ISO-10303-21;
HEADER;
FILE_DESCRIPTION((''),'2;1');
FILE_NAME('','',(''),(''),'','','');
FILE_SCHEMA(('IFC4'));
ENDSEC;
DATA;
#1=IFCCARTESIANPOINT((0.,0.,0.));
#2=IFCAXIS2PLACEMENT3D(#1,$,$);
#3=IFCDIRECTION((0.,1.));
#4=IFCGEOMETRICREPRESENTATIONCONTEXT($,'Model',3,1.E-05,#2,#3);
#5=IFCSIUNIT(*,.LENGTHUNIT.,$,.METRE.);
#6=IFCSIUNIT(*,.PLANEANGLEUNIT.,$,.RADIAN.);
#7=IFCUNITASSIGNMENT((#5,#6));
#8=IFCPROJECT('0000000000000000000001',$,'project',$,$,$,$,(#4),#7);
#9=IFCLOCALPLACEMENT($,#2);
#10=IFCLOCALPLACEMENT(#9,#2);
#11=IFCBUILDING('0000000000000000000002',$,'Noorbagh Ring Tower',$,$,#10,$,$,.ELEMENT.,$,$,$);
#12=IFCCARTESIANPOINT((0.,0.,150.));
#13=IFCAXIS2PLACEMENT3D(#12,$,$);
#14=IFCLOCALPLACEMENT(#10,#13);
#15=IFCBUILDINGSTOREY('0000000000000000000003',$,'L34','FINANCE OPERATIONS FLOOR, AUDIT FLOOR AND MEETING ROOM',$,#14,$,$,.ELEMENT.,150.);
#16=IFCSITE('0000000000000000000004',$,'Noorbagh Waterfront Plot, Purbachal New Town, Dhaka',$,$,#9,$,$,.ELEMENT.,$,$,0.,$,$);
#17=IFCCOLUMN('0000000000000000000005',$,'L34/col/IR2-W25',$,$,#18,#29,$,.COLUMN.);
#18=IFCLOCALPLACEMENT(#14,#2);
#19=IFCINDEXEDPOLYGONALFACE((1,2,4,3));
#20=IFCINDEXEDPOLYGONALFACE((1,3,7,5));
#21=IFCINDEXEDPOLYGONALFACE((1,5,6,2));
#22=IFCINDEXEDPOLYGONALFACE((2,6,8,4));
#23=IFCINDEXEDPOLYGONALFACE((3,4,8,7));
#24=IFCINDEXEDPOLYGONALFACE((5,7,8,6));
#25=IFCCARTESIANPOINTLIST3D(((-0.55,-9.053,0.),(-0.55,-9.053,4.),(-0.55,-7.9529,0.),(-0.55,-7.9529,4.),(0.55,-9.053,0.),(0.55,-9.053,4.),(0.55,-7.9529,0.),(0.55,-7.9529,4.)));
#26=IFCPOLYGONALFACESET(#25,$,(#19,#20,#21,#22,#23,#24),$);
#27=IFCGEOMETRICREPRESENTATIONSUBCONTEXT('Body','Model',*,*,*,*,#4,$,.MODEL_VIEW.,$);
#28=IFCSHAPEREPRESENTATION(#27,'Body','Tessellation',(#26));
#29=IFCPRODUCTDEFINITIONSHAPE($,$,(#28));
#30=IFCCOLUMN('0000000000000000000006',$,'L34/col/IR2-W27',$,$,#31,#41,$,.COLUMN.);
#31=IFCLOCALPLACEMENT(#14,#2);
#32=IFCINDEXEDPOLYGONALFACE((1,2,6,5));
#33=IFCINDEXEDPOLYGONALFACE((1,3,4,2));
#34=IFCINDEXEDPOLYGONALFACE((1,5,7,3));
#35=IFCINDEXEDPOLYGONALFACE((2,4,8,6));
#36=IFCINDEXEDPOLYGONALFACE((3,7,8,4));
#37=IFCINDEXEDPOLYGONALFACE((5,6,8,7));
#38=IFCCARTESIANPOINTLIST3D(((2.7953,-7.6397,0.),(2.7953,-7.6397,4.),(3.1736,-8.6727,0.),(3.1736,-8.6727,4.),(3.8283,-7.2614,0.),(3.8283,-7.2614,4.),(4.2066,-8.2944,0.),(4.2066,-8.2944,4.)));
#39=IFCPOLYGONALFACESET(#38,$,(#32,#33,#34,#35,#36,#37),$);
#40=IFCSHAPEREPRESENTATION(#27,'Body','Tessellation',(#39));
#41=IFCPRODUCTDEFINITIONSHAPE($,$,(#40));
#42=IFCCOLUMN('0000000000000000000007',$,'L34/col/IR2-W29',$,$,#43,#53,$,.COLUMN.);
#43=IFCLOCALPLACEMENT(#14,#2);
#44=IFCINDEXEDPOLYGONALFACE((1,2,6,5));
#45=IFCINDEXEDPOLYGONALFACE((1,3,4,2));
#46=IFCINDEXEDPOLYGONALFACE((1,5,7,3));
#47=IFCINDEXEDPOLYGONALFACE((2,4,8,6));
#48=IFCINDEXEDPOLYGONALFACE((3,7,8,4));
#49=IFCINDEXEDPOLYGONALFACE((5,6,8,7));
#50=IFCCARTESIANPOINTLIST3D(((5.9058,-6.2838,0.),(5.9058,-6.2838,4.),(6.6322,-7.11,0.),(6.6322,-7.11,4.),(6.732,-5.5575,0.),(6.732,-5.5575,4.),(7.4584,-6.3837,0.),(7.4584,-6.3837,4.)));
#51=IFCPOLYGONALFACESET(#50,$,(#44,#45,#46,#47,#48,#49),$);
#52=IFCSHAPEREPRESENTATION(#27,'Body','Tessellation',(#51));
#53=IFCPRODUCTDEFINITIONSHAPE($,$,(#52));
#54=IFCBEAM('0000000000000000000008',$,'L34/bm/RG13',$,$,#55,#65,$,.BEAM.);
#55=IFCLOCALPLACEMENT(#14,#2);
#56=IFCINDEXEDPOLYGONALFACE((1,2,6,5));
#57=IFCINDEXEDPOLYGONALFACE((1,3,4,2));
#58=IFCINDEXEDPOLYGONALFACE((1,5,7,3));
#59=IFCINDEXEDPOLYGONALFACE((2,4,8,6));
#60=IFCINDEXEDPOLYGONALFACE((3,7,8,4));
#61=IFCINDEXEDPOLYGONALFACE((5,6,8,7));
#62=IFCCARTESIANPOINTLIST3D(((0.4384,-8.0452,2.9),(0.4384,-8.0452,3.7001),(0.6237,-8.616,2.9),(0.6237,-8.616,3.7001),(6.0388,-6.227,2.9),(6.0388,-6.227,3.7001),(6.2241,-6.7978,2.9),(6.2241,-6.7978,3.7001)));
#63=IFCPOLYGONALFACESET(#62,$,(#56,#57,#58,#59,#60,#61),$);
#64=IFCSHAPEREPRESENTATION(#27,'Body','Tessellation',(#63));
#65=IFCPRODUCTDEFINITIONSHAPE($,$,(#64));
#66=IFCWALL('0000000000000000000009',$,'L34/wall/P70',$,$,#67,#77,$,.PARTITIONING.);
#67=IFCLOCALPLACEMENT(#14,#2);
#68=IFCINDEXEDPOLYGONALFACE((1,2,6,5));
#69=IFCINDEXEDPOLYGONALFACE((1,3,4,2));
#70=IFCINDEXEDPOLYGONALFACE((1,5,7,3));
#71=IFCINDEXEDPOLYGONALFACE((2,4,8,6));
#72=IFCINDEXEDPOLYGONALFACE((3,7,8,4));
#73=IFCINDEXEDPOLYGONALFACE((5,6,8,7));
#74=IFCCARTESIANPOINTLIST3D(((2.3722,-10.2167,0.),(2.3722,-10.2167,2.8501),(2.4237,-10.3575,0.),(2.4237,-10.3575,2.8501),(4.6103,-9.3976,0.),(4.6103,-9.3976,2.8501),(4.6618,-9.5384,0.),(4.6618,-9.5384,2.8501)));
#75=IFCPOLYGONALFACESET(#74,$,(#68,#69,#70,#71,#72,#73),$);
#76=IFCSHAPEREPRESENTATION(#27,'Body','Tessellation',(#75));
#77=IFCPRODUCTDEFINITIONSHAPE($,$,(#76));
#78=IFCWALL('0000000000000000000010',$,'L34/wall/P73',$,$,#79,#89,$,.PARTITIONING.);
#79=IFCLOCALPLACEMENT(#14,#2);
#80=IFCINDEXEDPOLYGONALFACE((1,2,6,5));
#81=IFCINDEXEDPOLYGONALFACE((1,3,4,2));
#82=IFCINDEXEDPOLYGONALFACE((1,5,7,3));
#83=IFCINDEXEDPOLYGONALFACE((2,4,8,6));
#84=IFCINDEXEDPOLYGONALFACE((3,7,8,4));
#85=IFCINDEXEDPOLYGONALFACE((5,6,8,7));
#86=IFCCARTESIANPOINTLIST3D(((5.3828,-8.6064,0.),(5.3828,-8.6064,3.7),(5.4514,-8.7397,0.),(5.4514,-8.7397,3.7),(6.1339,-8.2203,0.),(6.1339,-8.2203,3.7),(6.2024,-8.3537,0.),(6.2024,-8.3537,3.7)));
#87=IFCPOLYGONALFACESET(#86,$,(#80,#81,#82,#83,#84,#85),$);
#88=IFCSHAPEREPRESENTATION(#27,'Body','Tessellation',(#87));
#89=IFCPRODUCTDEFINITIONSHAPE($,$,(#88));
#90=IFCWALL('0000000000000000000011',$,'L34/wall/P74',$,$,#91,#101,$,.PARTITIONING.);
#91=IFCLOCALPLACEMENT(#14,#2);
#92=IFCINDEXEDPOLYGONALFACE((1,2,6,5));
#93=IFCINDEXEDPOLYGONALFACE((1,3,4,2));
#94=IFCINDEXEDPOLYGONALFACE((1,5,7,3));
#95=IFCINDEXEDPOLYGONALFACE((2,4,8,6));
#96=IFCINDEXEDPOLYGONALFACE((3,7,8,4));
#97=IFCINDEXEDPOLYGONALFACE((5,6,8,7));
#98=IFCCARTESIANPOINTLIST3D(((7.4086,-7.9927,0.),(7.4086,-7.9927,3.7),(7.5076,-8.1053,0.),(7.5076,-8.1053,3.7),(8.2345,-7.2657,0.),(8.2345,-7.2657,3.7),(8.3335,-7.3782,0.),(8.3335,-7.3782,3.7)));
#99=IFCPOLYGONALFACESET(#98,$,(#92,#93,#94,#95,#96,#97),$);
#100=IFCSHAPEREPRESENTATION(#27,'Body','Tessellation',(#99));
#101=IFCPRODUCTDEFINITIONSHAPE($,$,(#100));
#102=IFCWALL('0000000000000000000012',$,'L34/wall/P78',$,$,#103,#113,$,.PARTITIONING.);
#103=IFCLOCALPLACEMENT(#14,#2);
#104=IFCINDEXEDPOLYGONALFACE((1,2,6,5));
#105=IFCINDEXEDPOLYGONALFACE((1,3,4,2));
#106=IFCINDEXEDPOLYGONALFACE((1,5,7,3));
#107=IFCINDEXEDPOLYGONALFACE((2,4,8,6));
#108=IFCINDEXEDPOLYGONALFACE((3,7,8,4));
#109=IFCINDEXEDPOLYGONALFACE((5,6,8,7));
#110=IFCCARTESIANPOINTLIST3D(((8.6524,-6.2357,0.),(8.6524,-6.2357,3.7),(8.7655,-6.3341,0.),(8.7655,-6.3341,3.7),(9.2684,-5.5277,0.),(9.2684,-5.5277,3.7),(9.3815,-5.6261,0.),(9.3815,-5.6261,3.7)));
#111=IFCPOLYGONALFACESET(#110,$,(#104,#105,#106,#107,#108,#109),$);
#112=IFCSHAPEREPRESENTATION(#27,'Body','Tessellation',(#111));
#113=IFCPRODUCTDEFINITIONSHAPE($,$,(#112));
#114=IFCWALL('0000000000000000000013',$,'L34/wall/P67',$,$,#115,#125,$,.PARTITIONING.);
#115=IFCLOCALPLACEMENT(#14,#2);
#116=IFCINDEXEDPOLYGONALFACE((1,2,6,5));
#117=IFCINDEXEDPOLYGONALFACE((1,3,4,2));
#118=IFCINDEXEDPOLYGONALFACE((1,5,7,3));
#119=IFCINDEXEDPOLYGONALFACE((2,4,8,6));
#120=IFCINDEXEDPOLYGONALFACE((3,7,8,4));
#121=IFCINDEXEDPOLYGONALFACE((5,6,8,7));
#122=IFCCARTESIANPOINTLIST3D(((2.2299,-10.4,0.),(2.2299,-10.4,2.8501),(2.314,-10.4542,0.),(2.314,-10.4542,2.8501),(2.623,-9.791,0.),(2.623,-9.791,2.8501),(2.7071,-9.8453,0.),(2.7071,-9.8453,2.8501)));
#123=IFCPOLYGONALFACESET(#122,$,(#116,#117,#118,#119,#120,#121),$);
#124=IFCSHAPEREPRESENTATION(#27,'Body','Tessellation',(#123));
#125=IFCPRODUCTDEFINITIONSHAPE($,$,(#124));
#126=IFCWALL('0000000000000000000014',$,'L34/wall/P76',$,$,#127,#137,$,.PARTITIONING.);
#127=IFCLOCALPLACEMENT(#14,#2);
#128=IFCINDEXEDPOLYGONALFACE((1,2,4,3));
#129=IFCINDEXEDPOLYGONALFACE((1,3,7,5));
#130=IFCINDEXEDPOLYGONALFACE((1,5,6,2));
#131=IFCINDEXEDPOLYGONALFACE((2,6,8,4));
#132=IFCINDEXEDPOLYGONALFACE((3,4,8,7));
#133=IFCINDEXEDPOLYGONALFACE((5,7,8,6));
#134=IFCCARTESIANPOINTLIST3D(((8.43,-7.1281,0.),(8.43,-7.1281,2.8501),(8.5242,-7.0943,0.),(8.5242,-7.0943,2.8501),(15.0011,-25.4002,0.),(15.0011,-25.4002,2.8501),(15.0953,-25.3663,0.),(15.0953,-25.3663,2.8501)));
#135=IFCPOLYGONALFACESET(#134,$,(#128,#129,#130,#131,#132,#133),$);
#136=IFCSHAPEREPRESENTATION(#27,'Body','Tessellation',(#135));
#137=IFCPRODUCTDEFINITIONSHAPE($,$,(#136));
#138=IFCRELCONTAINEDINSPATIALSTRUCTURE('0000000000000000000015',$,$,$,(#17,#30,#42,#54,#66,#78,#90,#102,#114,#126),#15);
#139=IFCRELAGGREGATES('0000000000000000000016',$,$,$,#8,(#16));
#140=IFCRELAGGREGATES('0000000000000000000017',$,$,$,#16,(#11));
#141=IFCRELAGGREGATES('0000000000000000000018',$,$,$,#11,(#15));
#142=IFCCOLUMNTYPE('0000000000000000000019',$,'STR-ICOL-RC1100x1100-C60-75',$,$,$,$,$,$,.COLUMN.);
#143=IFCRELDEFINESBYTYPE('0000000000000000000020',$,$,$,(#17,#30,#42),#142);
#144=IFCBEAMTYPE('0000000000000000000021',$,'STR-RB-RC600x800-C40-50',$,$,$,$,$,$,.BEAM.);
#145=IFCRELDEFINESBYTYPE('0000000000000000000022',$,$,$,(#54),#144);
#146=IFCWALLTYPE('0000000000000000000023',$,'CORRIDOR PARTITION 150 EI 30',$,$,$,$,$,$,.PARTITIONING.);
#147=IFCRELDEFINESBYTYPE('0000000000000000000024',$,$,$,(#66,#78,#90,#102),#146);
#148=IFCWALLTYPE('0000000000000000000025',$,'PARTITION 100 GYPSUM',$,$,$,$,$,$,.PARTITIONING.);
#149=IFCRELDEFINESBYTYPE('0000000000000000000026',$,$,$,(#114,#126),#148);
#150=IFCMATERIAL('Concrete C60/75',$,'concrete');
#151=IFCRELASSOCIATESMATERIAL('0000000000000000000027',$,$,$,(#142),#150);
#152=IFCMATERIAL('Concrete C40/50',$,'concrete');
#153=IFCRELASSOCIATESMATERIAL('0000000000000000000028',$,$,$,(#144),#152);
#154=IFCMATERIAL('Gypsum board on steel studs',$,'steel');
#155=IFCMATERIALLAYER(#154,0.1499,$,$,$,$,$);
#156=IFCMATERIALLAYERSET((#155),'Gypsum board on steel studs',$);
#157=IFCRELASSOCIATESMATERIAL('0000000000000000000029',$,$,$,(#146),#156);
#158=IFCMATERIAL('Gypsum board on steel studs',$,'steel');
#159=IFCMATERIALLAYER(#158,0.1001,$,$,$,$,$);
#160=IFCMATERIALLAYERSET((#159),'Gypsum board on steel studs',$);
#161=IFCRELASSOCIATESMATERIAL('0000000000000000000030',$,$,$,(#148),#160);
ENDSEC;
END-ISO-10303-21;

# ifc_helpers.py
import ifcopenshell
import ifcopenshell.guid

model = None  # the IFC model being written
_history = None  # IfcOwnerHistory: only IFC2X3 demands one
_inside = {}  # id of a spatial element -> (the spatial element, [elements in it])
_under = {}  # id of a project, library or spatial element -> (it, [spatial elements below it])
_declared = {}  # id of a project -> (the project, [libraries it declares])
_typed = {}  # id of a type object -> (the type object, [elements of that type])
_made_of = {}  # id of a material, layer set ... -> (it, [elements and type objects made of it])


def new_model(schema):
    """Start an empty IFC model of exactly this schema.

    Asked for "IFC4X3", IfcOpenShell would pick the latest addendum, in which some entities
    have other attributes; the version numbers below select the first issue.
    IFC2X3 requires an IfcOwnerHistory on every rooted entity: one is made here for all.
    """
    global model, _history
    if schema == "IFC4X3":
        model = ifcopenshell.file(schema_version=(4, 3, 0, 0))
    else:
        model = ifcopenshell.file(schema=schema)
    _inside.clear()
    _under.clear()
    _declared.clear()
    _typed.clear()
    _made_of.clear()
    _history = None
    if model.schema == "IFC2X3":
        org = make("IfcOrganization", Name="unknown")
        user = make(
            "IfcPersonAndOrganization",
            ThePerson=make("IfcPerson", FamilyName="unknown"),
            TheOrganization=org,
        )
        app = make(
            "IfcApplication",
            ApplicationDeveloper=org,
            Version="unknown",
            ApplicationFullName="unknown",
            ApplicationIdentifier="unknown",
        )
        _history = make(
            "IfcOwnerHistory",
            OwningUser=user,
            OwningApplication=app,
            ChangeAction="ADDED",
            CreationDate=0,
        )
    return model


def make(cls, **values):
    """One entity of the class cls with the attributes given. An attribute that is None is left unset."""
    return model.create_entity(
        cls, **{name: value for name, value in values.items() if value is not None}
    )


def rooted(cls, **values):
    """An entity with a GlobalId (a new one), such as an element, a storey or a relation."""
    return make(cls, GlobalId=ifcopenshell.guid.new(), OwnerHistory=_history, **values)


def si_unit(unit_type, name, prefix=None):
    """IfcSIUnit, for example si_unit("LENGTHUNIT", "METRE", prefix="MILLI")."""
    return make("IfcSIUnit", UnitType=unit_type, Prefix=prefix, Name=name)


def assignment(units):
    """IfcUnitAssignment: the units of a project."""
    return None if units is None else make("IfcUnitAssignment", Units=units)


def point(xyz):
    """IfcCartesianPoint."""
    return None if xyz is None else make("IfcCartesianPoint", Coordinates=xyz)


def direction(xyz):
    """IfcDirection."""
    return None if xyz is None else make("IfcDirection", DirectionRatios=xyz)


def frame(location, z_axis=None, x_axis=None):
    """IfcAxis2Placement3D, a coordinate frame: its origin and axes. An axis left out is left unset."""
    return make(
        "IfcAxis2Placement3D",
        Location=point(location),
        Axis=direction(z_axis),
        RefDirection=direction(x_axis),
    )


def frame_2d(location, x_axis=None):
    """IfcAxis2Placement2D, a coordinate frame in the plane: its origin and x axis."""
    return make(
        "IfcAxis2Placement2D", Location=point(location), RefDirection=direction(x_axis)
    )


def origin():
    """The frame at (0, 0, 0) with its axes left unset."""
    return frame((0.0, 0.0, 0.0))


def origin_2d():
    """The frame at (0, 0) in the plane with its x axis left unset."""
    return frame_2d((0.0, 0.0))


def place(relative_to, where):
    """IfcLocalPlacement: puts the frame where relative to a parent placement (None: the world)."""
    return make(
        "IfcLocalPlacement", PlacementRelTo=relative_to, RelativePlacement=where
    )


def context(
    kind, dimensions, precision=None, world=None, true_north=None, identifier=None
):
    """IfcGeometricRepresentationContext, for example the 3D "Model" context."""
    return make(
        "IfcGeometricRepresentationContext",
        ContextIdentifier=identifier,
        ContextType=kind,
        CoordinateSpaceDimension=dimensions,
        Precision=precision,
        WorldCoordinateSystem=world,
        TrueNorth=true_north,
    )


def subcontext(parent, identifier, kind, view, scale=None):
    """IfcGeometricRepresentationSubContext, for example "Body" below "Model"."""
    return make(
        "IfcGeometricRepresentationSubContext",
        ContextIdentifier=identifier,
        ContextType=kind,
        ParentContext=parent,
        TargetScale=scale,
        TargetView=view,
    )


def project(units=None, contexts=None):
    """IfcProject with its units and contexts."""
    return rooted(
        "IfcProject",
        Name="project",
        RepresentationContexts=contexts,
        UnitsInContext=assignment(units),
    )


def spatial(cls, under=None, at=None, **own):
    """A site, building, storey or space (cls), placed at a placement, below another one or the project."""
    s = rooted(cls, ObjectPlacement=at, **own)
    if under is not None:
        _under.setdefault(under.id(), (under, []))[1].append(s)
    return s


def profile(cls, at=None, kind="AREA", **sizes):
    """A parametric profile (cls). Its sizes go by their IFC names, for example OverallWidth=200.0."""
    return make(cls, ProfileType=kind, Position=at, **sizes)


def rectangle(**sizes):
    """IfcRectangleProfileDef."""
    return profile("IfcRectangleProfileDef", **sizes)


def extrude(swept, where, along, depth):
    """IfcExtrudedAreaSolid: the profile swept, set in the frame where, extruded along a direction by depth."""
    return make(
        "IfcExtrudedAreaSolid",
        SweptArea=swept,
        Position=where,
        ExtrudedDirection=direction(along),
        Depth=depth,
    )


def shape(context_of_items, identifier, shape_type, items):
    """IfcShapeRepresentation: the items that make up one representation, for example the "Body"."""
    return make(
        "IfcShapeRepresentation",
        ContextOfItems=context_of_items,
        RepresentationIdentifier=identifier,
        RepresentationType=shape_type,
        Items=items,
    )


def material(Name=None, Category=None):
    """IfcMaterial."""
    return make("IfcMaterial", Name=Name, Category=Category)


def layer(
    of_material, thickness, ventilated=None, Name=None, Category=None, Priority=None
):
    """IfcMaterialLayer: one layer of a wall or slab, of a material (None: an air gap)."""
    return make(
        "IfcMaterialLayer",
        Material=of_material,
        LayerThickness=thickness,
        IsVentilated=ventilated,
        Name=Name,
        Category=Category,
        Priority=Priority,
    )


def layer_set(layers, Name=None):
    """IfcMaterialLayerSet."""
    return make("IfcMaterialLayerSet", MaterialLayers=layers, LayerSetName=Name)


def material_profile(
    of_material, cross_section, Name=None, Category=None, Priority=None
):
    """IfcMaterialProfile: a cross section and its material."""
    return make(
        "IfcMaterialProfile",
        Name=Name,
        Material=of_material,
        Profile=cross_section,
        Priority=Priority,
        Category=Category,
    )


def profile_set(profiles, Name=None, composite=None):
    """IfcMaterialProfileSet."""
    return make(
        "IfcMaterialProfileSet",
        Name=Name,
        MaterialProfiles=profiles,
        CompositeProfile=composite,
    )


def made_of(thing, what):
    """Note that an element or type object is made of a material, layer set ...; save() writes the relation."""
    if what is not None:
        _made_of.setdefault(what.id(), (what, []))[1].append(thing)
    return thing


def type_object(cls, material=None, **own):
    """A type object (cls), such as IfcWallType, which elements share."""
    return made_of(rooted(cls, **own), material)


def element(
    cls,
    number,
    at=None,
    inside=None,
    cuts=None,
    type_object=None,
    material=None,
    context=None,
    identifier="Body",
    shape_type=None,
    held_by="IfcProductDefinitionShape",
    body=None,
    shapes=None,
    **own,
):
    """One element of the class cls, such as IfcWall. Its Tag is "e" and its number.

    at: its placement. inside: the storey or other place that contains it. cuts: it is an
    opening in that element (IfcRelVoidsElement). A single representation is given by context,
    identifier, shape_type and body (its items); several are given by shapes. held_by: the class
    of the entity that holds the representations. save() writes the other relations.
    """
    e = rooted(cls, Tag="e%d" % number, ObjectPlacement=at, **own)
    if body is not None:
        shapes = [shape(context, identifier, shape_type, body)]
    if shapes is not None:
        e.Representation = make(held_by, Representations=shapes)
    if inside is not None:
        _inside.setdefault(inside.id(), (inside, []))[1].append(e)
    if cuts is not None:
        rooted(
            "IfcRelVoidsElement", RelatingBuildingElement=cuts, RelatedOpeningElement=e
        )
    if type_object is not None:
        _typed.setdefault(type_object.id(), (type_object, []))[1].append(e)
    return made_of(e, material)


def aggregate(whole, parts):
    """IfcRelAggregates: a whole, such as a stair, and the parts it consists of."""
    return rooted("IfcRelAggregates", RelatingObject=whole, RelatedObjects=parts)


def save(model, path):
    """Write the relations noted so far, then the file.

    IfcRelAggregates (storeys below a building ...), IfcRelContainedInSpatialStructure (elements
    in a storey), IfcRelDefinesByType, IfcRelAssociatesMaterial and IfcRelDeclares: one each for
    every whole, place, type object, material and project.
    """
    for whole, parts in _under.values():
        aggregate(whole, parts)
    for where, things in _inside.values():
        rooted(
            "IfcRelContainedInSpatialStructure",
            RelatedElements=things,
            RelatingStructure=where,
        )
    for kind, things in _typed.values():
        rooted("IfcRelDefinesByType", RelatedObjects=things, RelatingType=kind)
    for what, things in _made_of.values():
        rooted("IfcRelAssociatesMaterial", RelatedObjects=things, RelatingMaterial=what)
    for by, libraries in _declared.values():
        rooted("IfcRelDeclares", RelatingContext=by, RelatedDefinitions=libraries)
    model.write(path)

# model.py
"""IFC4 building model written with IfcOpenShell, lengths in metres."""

from ifc_helpers import new_model, si_unit, direction, frame, frame_2d, origin, origin_2d, place, context, subcontext, project, spatial, rectangle, extrude, material, layer, layer_set, material_profile, profile_set, type_object, element, save


model = new_model("IFC4")

# Units and contexts
model_context = context("Model", 3, precision=1e-05, world=origin(), true_north=direction((0.0, 1.0)))
body_context = subcontext(model_context, "Body", "Model", "MODEL_VIEW")
ifc_project = project(units=[si_unit("LENGTHUNIT", "METRE"), si_unit("PLANEANGLEUNIT", "RADIAN")], contexts=[model_context])

# Site, building, storey
site_placement = place(None, origin())
site = spatial("IfcSite", under=ifc_project, at=site_placement, Name="Noorbagh Waterfront Plot, Purbachal New Town, Dhaka", CompositionType="ELEMENT", RefElevation=0.0)
building_placement = place(site_placement, origin())
building = spatial("IfcBuilding", under=site, at=building_placement, Name="Noorbagh Ring Tower", CompositionType="ELEMENT")
storey_placement = place(building_placement, frame((0.0, 0.0, 150.0)))
storey = spatial("IfcBuildingStorey", under=building, at=storey_placement, Name="L34", Description="FINANCE OPERATIONS FLOOR, AUDIT FLOOR AND MEETING ROOM", CompositionType="ELEMENT", Elevation=150.0)

# Columns
ifc_material_1 = material(Name="Concrete C60/75", Category="concrete")
ifc_material_profile_1 = material_profile(ifc_material_1, rectangle(XDim=1.1001, YDim=1.1001, at=origin_2d()), Name="RC1100x1100")
ifc_profile_set_1 = profile_set([ifc_material_profile_1], Name="Concrete C60/75")
column_type = type_object("IfcColumnType", Name="STR-ICOL-RC1100x1100-C60-75", PredefinedType="COLUMN", material=ifc_profile_set_1)
for number, where, z_axis, x_axis, name in (
    (1, (0.0, -8.5029, 0.0), (0.0, 0.0, 1.0), (1.0, 0.0, 0.0), "L34/col/IR2-W25"),
    (2, (3.501, -7.967, 0.0), (0.0, 0.0, 1.0), (0.93902, 0.343864, 0.0), "L34/col/IR2-W27"),
    (3, (6.6821, -6.3337, 0.0), (0.0, 0.0, 1.0), (0.751022, 0.660277, 0.0), "L34/col/IR2-W29"),
):
    element("IfcColumn", number, at=place(storey_placement, frame(where, z_axis=z_axis, x_axis=x_axis)), inside=storey, type_object=column_type, Name=name, PredefinedType="COLUMN", context=body_context, shape_type="SweptSolid", body=[
        extrude(rectangle(XDim=1.1001, YDim=1.1001, at=origin_2d()), origin(), (0.0, 0.0, 1.0), 4.0),
    ])

# Beam
ifc_material_2 = material(Name="Concrete C40/50", Category="concrete")
ifc_material_profile_2 = material_profile(ifc_material_2, rectangle(XDim=0.6001, YDim=0.8, at=origin_2d()), Name="RC600x800")
ifc_profile_set_2 = profile_set([ifc_material_profile_2], Name="Concrete C40/50")
beam_type = type_object("IfcBeamType", Name="STR-RB-RC600x800-C40-50", PredefinedType="BEAM", material=ifc_profile_set_2)
beam_placement = place(storey_placement, frame((0.531, -8.3306, 3.3), z_axis=(0.951134, 0.308779, 0.0), x_axis=(-0.308779, 0.951134, 0.0)))
element("IfcBeam", 4, at=beam_placement, inside=storey, type_object=beam_type, Name="L34/bm/RG13", PredefinedType="BEAM", context=body_context, shape_type="SweptSolid", body=[
    extrude(rectangle(XDim=0.6001, YDim=0.8, at=origin_2d()), origin(), (0.0, 0.0, 1.0), 5.8882),
])

# Walls
ifc_material_3 = material(Name="Gypsum board on steel studs", Category="steel")
ifc_layer_1 = layer(ifc_material_3, 0.1499)
ifc_layer_set_1 = layer_set([ifc_layer_1], Name="Gypsum board on steel studs")
wall_type_1 = type_object("IfcWallType", Name="CORRIDOR PARTITION 150 EI 30", PredefinedType="PARTITIONING", material=ifc_layer_set_1)
wall_1_placement = place(storey_placement, frame((2.3979, -10.2871, 0.0), z_axis=(0.0, 0.0, 1.0), x_axis=(0.939083, 0.343692, 0.0)))
element("IfcWall", 5, at=wall_1_placement, inside=storey, type_object=wall_type_1, Name="L34/wall/P70", PredefinedType="PARTITIONING", context=body_context, shape_type="SweptSolid", body=[
    extrude(rectangle(XDim=2.3833, YDim=0.1499, at=frame_2d((1.1917, 0.0))), origin(), (0.0, 0.0, 1.0), 2.8501),
])
wall_2_placement = place(storey_placement, frame((5.417, -8.6731, 0.0), z_axis=(0.0, 0.0, 1.0), x_axis=(0.889399, 0.457132, 0.0)))
element("IfcWall", 6, at=wall_2_placement, inside=storey, type_object=wall_type_1, Name="L34/wall/P73", PredefinedType="PARTITIONING", context=body_context, shape_type="SweptSolid", body=[
    extrude(rectangle(XDim=0.8445, YDim=0.1499, at=frame_2d((0.4224, 0.0))), origin(), (0.0, 0.0, 1.0), 3.7),
])
wall_3_placement = place(storey_placement, frame((7.458, -8.0491, 0.0), z_axis=(0.0, 0.0, 1.0), x_axis=(0.750608, 0.660748, 0.0)))
element("IfcWall", 7, at=wall_3_placement, inside=storey, type_object=wall_type_1, Name="L34/wall/P74", PredefinedType="PARTITIONING", context=body_context, shape_type="SweptSolid", body=[
    extrude(rectangle(XDim=1.1003, YDim=0.1499, at=frame_2d((0.5503, 0.0))), origin(), (0.0, 0.0, 1.0), 3.7),
])
wall_4_placement = place(storey_placement, frame((8.709, -6.2849, 0.0), z_axis=(0.0, 0.0, 1.0), x_axis=(0.656365, 0.754443, 0.0)))
element("IfcWall", 8, at=wall_4_placement, inside=storey, type_object=wall_type_1, Name="L34/wall/P78", PredefinedType="PARTITIONING", context=body_context, shape_type="SweptSolid", body=[
    extrude(rectangle(XDim=0.9385, YDim=0.1499, at=frame_2d((0.4692, 0.0))), origin(), (0.0, 0.0, 1.0), 3.7),
])
ifc_material_4 = material(Name="Gypsum board on steel studs", Category="steel")
ifc_layer_2 = layer(ifc_material_4, 0.1001)
ifc_layer_set_2 = layer_set([ifc_layer_2], Name="Gypsum board on steel studs")
wall_type_2 = type_object("IfcWallType", Name="PARTITION 100 GYPSUM", PredefinedType="PARTITIONING", material=ifc_layer_set_2)
wall_5_placement = place(storey_placement, frame((2.272, -10.427, 0.0), z_axis=(0.0, 0.0, 1.0), x_axis=(0.542357, 0.840148, 0.0)))
element("IfcWall", 9, at=wall_5_placement, inside=storey, type_object=wall_type_2, Name="L34/wall/P67", PredefinedType="PARTITIONING", context=body_context, shape_type="SweptSolid", body=[
    extrude(rectangle(XDim=0.7249, YDim=0.1001, at=frame_2d((0.3623, 0.0))), origin(), (0.0, 0.0, 1.0), 2.8501),
])
wall_6_placement = place(storey_placement, frame((8.4771, -7.1111, 0.0), z_axis=(0.0, 0.0, 1.0), x_axis=(0.338406, -0.941, 0.0)))
element("IfcWall", 10, at=wall_6_placement, inside=storey, type_object=wall_type_2, Name="L34/wall/P76", PredefinedType="PARTITIONING", context=body_context, shape_type="SweptSolid", body=[
    extrude(rectangle(XDim=19.4177, YDim=0.1001, at=frame_2d((9.709, 0.0))), origin(), (0.0, 0.0, 1.0), 2.8501),
])

save(model, "model.ifc")
